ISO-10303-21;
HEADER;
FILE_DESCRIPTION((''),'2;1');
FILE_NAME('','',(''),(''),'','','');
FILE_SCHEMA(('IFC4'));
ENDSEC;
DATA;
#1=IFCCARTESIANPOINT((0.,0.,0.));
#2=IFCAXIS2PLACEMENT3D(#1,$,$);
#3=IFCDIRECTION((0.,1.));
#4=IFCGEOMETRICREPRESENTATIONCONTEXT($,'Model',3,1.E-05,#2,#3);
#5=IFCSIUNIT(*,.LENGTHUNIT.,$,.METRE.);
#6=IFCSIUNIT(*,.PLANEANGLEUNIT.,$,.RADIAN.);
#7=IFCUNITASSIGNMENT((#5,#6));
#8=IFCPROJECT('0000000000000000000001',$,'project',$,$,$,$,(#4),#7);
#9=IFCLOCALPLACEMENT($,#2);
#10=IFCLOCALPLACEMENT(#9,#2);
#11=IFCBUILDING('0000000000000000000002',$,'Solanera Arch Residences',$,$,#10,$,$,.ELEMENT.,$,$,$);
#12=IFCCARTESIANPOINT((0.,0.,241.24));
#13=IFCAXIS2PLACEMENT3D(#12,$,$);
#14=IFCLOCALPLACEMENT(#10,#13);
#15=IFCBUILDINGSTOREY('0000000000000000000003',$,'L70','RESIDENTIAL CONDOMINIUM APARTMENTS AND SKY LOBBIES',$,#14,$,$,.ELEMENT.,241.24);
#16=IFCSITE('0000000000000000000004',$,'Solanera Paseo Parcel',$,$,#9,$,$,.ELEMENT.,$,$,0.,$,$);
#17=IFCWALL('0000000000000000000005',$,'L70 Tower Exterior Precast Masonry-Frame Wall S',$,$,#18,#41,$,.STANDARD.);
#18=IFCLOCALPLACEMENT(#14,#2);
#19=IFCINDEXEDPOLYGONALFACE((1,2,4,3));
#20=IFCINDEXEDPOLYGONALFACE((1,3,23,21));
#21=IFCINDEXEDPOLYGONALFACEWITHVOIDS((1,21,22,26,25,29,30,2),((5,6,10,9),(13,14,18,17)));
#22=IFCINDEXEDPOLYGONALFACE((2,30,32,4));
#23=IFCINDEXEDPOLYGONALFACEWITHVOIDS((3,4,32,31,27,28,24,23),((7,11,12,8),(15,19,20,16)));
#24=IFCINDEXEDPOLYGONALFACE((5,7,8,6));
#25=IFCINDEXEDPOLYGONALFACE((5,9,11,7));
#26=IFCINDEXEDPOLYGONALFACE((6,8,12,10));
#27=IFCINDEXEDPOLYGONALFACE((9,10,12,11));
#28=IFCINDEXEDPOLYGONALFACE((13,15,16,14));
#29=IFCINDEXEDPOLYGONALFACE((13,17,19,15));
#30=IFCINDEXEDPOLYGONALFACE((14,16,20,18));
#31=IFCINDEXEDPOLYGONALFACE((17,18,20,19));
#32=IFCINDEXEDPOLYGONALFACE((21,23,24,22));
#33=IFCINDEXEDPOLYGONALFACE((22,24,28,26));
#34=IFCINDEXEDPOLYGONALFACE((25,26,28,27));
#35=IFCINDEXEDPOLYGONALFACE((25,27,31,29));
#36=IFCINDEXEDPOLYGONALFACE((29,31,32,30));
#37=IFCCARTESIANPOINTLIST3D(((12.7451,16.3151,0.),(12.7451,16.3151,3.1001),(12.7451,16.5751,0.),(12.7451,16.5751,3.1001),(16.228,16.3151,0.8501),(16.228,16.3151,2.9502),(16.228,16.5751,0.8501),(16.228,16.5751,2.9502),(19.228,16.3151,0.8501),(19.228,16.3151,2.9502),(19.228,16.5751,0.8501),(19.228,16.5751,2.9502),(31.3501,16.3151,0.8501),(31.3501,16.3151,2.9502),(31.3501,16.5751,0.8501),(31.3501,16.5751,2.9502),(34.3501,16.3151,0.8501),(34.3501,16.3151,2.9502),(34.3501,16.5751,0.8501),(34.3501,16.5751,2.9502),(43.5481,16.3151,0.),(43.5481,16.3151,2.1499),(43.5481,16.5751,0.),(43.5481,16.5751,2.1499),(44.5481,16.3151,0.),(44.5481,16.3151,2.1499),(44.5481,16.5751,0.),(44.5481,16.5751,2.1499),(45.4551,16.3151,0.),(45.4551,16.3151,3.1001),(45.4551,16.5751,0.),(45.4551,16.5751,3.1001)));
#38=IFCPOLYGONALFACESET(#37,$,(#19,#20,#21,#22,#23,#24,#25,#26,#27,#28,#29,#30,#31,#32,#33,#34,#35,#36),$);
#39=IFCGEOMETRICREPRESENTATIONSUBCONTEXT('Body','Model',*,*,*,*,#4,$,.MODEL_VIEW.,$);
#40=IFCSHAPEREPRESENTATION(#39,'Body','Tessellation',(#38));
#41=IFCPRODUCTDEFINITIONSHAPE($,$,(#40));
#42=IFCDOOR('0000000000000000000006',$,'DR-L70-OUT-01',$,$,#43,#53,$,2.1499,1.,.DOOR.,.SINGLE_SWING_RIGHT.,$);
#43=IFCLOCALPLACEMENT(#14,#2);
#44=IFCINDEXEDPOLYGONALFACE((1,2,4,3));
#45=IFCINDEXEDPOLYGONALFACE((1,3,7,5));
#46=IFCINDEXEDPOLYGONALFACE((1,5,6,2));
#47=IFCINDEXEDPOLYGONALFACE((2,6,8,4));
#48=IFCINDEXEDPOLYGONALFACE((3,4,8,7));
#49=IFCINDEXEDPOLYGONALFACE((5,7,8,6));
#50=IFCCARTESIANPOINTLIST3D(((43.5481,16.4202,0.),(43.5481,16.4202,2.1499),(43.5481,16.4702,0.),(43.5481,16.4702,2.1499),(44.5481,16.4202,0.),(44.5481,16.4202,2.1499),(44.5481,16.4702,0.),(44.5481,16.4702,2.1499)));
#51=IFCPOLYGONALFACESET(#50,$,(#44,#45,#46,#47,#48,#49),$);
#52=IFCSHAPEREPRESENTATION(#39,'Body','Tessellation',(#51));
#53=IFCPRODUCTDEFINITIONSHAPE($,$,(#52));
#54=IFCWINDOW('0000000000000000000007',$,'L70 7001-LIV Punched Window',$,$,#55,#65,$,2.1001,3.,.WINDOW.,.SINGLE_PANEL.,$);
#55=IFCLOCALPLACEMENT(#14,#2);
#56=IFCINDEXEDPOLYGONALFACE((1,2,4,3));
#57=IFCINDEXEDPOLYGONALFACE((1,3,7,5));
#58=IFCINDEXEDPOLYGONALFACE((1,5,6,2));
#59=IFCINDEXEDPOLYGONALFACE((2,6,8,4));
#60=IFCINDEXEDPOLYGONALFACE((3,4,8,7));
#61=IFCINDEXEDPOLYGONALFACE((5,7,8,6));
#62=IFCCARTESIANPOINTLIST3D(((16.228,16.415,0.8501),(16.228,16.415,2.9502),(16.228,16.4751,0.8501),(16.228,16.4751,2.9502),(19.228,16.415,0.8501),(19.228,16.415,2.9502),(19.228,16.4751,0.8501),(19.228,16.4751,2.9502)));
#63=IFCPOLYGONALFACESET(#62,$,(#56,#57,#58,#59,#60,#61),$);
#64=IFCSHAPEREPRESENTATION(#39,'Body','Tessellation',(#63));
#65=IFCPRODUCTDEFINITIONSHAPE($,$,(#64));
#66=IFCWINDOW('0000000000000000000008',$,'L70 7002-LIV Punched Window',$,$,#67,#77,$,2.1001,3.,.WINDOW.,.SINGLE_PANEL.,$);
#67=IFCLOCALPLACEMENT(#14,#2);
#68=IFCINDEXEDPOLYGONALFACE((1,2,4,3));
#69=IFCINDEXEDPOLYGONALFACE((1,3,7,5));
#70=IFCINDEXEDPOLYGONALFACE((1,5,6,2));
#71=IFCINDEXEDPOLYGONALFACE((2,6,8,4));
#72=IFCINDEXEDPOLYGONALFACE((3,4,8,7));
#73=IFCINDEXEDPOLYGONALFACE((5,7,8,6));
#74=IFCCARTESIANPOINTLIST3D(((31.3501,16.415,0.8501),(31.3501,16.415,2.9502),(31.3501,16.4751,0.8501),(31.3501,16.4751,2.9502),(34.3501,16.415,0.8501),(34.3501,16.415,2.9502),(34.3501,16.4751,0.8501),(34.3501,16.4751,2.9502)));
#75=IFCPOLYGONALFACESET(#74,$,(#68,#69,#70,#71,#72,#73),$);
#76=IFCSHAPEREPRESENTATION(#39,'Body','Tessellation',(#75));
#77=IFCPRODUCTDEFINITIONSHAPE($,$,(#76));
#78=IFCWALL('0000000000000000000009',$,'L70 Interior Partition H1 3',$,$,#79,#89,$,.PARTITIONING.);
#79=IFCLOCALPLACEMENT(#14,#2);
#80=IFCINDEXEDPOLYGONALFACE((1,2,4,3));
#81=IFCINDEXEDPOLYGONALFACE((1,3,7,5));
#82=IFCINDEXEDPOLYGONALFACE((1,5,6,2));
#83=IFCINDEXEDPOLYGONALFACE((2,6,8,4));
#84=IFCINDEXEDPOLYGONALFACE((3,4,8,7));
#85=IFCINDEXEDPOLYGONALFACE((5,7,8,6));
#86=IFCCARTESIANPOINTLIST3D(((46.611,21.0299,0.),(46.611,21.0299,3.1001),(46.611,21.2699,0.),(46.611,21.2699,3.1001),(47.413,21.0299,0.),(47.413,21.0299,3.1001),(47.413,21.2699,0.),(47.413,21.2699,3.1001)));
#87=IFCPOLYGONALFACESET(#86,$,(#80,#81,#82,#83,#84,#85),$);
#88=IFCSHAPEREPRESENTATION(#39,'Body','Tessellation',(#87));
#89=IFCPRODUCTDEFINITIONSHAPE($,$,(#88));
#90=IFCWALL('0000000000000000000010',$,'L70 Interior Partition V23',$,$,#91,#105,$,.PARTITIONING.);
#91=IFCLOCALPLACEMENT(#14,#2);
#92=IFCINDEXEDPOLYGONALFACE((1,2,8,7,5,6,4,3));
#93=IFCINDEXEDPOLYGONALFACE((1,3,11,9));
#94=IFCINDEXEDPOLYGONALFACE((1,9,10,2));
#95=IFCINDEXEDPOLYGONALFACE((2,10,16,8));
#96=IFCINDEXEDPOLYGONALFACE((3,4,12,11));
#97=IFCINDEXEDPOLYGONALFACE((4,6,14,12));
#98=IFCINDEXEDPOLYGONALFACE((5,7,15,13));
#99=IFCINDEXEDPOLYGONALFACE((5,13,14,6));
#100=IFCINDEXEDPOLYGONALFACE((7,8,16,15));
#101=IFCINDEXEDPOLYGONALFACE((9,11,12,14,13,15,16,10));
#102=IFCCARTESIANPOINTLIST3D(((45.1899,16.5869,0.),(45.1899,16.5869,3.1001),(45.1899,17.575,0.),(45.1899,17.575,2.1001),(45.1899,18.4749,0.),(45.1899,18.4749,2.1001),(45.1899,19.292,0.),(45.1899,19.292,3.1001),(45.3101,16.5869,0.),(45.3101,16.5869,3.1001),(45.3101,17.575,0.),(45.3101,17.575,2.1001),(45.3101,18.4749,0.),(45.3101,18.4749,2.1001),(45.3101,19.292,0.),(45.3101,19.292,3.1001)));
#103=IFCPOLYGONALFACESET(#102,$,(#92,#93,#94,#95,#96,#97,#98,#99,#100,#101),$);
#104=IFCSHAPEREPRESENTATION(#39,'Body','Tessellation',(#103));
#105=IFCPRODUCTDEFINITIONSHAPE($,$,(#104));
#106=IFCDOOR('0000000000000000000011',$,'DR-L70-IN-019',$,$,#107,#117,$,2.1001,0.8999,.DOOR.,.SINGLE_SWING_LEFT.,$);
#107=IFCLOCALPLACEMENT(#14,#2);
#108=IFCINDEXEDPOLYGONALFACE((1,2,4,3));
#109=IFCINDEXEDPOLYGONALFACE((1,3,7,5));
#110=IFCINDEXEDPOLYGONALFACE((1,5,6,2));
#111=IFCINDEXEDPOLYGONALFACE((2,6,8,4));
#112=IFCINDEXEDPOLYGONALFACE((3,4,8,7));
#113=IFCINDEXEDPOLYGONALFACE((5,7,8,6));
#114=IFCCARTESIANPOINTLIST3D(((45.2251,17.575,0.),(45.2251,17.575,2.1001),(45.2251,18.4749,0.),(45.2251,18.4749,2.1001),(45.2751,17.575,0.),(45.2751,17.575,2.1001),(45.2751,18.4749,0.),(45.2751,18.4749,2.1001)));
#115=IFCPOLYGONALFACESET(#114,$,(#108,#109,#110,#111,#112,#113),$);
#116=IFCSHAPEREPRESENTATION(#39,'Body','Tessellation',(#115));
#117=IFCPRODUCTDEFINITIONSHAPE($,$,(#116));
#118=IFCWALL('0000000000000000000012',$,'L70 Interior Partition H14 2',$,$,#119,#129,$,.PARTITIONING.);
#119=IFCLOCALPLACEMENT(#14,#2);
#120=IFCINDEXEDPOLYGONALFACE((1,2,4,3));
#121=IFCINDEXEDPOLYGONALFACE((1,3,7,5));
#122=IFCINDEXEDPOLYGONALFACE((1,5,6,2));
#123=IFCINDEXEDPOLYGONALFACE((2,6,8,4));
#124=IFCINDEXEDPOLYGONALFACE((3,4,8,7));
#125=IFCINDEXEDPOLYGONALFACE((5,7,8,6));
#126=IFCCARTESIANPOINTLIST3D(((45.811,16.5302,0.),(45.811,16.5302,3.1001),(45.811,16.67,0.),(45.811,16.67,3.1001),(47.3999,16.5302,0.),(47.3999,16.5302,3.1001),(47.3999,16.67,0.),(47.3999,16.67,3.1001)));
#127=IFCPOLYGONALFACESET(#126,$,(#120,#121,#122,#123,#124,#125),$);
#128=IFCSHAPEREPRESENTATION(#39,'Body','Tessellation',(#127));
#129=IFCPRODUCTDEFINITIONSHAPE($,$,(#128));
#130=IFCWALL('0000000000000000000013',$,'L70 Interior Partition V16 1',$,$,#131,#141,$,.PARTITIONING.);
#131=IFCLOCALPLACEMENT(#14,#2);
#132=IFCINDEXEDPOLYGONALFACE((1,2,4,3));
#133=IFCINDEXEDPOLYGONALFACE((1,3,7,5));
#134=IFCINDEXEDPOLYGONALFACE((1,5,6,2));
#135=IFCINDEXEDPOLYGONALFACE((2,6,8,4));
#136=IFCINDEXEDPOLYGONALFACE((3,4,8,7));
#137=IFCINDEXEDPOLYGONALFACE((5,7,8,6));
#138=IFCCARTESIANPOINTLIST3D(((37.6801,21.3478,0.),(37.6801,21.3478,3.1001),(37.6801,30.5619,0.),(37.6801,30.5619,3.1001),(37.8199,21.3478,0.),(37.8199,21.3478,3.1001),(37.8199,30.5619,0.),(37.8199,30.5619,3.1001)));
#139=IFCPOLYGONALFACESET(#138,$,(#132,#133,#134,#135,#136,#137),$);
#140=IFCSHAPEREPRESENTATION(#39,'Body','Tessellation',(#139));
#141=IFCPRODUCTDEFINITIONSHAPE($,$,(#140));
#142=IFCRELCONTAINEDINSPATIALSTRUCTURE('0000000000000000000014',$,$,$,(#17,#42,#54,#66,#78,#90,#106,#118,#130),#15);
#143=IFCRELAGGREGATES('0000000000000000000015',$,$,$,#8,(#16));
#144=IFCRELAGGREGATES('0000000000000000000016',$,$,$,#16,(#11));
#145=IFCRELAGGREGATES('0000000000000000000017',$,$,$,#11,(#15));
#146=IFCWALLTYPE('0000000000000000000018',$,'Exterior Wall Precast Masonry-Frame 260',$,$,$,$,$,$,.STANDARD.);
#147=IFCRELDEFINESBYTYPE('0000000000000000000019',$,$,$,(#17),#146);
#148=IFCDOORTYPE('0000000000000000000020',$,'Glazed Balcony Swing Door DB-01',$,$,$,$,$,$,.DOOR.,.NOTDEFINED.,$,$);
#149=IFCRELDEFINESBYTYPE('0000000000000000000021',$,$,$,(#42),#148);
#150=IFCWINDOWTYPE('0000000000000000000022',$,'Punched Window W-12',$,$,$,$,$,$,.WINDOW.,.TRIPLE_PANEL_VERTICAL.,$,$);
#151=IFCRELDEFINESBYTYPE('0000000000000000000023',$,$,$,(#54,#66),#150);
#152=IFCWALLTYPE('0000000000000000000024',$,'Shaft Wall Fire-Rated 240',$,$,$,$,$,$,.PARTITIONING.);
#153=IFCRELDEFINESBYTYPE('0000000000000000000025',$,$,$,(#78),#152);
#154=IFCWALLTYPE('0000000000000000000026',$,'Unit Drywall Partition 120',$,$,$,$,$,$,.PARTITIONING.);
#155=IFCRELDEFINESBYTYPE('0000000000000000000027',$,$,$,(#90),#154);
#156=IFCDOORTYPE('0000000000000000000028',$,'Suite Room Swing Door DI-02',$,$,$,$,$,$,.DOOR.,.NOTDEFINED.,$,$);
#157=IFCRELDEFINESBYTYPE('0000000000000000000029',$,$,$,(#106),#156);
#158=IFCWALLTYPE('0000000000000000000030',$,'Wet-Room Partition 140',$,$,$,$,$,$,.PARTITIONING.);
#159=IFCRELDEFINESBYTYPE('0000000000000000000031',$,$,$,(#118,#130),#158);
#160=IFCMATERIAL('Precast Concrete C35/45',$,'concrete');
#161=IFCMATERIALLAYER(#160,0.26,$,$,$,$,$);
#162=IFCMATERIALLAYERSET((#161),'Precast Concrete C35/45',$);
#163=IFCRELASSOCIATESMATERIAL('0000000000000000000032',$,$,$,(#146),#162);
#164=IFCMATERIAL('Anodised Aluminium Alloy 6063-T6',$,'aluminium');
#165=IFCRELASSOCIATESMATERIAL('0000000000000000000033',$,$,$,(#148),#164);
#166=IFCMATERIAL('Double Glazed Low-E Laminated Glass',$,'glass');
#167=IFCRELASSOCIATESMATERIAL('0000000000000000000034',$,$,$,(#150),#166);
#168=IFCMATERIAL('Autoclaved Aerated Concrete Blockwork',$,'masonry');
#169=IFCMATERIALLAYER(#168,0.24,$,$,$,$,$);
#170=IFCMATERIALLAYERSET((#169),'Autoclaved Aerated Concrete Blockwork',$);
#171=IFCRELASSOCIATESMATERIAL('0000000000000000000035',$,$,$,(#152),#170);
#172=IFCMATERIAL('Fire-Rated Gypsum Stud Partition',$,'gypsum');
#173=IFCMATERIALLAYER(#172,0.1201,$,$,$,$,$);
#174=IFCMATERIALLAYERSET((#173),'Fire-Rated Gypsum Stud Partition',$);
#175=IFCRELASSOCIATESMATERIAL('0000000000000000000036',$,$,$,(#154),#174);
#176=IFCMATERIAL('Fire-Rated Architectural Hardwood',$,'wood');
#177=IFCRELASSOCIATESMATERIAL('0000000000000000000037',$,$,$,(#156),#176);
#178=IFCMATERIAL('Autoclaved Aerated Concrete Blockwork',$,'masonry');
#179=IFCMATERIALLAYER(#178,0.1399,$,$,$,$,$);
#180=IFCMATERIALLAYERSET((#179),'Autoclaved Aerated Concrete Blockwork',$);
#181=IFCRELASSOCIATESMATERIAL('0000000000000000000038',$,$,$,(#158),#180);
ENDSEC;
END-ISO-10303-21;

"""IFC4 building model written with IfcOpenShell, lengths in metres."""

from ifc_helpers import new_model, si_unit, direction, frame, frame_2d, origin, place, context, subcontext, project, spatial, rectangle, extrude, material, layer, layer_set, type_object, element, fill, save


model = new_model("IFC4")

# Units and contexts
model_context = context("Model", 3, precision=1e-05, world=origin(), true_north=direction((0.0, 1.0)))
body_context = subcontext(model_context, "Body", "Model", "MODEL_VIEW")
ifc_project = project(units=[si_unit("LENGTHUNIT", "METRE"), si_unit("PLANEANGLEUNIT", "RADIAN")], contexts=[model_context])

# Site, building, storey
site_placement = place(None, origin())
site = spatial("IfcSite", under=ifc_project, at=site_placement, Name="Solanera Paseo Parcel", CompositionType="ELEMENT", RefElevation=0.0)
building_placement = place(site_placement, origin())
building = spatial("IfcBuilding", under=site, at=building_placement, Name="Solanera Arch Residences", CompositionType="ELEMENT")
storey_placement = place(building_placement, frame((0.0, 0.0, 241.24)))
storey = spatial("IfcBuildingStorey", under=building, at=storey_placement, Name="L70", Description="RESIDENTIAL CONDOMINIUM APARTMENTS AND SKY LOBBIES", CompositionType="ELEMENT", Elevation=241.24)

# Shared definitions
ifc_material_1 = material(Name="Precast Concrete C35/45", Category="concrete")
ifc_layer_1 = layer(ifc_material_1, 0.26)
ifc_layer_set_1 = layer_set([ifc_layer_1], Name="Precast Concrete C35/45")
wall_type_1 = type_object("IfcWallType", Name="Exterior Wall Precast Masonry-Frame 260", PredefinedType="STANDARD", material=ifc_layer_set_1)

# Wall, openings, door, windows
wall_1_placement = place(storey_placement, frame((45.4551, 16.4451, 0.0), z_axis=(0.0, 0.0, 1.0), x_axis=(-1.0, 0.0, 0.0)))
wall_1 = element("IfcWall", 1, at=wall_1_placement, inside=storey, type_object=wall_type_1, Name="L70 Tower Exterior Precast Masonry-Frame Wall S", PredefinedType="STANDARD", context=body_context, shape_type="SweptSolid", body=[
    extrude(rectangle(XDim=32.71, YDim=0.26, at=frame_2d((16.355, 0.0))), origin(), (0.0, 0.0, 1.0), 3.1001),
])
opening_1_placement = place(wall_1_placement, frame((0.907, 0.0, 0.0)))
opening_1 = element("IfcOpeningElement", 2, at=opening_1_placement, cuts=wall_1, PredefinedType="OPENING", context=body_context, shape_type="SweptSolid", body=[
    extrude(rectangle(XDim=1.0, YDim=2.1499, at=frame_2d((0.5, 1.075))), frame((0.0, 0.1399, 0.0), z_axis=(0.0, -1.0, 0.0), x_axis=(1.0, 0.0, 0.0)), (0.0, 0.0, 1.0), 0.28),
])
opening_2_placement = place(wall_1_placement, frame((26.2271, 0.0, 0.8501)))
opening_2 = element("IfcOpeningElement", 3, at=opening_2_placement, cuts=wall_1, PredefinedType="OPENING", context=body_context, shape_type="SweptSolid", body=[
    extrude(rectangle(XDim=3.0, YDim=2.1001, at=frame_2d((1.5, 1.05))), frame((0.0, 0.1399, 0.0), z_axis=(0.0, -1.0, 0.0), x_axis=(1.0, 0.0, 0.0)), (0.0, 0.0, 1.0), 0.28),
])
opening_3_placement = place(wall_1_placement, frame((11.105, 0.0, 0.8501)))
opening_3 = element("IfcOpeningElement", 4, at=opening_3_placement, cuts=wall_1, PredefinedType="OPENING", context=body_context, shape_type="SweptSolid", body=[
    extrude(rectangle(XDim=3.0, YDim=2.1001, at=frame_2d((1.5, 1.05))), frame((0.0, 0.1399, 0.0), z_axis=(0.0, -1.0, 0.0), x_axis=(1.0, 0.0, 0.0)), (0.0, 0.0, 1.0), 0.28),
])
ifc_material_2 = material(Name="Anodised Aluminium Alloy 6063-T6", Category="aluminium")
door_type_1 = type_object("IfcDoorType", Name="Glazed Balcony Swing Door DB-01", OperationType="NOTDEFINED", PredefinedType="DOOR", material=ifc_material_2)
door_1_placement = place(opening_1_placement, origin())
door_1 = element("IfcDoor", 5, at=door_1_placement, inside=storey, type_object=door_type_1, Name="DR-L70-OUT-01", OperationType="SINGLE_SWING_RIGHT", OverallHeight=2.1499, OverallWidth=1.0, PredefinedType="DOOR", context=body_context, shape_type="SweptSolid", body=[
    extrude(rectangle(XDim=1.0, YDim=2.1499, at=frame_2d((0.5, 1.075))), frame((0.0, 0.0249, 0.0), z_axis=(0.0, -1.0, 0.0), x_axis=(1.0, 0.0, 0.0)), (0.0, 0.0, 1.0), 0.05),
])
fill(opening_1, door_1)
ifc_material_3 = material(Name="Double Glazed Low-E Laminated Glass", Category="glass")
window_type = type_object("IfcWindowType", Name="Punched Window W-12", PartitioningType="TRIPLE_PANEL_VERTICAL", PredefinedType="WINDOW", material=ifc_material_3)
window_1_placement = place(opening_2_placement, origin())
window_1 = element("IfcWindow", 6, at=window_1_placement, inside=storey, type_object=window_type, Name="L70 7001-LIV Punched Window", OverallHeight=2.1001, OverallWidth=3.0, PartitioningType="SINGLE_PANEL", PredefinedType="WINDOW", context=body_context, shape_type="SweptSolid", body=[
    extrude(rectangle(XDim=3.0, YDim=2.1001, at=frame_2d((1.5, 1.05))), frame((0.0, 0.03, 0.0), z_axis=(0.0, -1.0, 0.0), x_axis=(1.0, 0.0, 0.0)), (0.0, 0.0, 1.0), 0.0601),
])
fill(opening_2, window_1)
window_2_placement = place(opening_3_placement, origin())
window_2 = element("IfcWindow", 7, at=window_2_placement, inside=storey, type_object=window_type, Name="L70 7002-LIV Punched Window", OverallHeight=2.1001, OverallWidth=3.0, PartitioningType="SINGLE_PANEL", PredefinedType="WINDOW", context=body_context, shape_type="SweptSolid", body=[
    extrude(rectangle(XDim=3.0, YDim=2.1001, at=frame_2d((1.5, 1.05))), frame((0.0, 0.03, 0.0), z_axis=(0.0, -1.0, 0.0), x_axis=(1.0, 0.0, 0.0)), (0.0, 0.0, 1.0), 0.0601),
])
fill(opening_3, window_2)

# Wall
ifc_material_4 = material(Name="Autoclaved Aerated Concrete Blockwork", Category="masonry")
ifc_layer_2 = layer(ifc_material_4, 0.24)
ifc_layer_set_2 = layer_set([ifc_layer_2], Name="Autoclaved Aerated Concrete Blockwork")
wall_type_2 = type_object("IfcWallType", Name="Shaft Wall Fire-Rated 240", PredefinedType="PARTITIONING", material=ifc_layer_set_2)
wall_2_placement = place(storey_placement, frame((46.6111, 21.1499, 0.0), z_axis=(0.0, 0.0, 1.0), x_axis=(1.0, 0.0, 0.0)))
element("IfcWall", 8, at=wall_2_placement, inside=storey, type_object=wall_type_2, Name="L70 Interior Partition H1 3", PredefinedType="PARTITIONING", context=body_context, shape_type="SweptSolid", body=[
    extrude(rectangle(XDim=0.802, YDim=0.24, at=frame_2d((0.4009, 0.0))), origin(), (0.0, 0.0, 1.0), 3.1001),
])

# Wall, opening, door
ifc_material_5 = material(Name="Fire-Rated Gypsum Stud Partition", Category="gypsum")
ifc_layer_3 = layer(ifc_material_5, 0.1201)
ifc_layer_set_3 = layer_set([ifc_layer_3], Name="Fire-Rated Gypsum Stud Partition")
wall_type_3 = type_object("IfcWallType", Name="Unit Drywall Partition 120", PredefinedType="PARTITIONING", material=ifc_layer_set_3)
wall_3_placement = place(storey_placement, frame((45.25, 16.5869, 0.0), z_axis=(0.0, 0.0, 1.0), x_axis=(0.0, 1.0, 0.0)))
wall_3 = element("IfcWall", 9, at=wall_3_placement, inside=storey, type_object=wall_type_3, Name="L70 Interior Partition V23", PredefinedType="PARTITIONING", context=body_context, shape_type="SweptSolid", body=[
    extrude(rectangle(XDim=2.7051, YDim=0.1201, at=frame_2d((1.3525, 0.0))), origin(), (0.0, 0.0, 1.0), 3.1001),
])
opening_4_placement = place(wall_3_placement, frame((0.988, 0.0, 0.0)))
opening_4 = element("IfcOpeningElement", 10, at=opening_4_placement, cuts=wall_3, PredefinedType="OPENING", context=body_context, shape_type="SweptSolid", body=[
    extrude(rectangle(XDim=0.8999, YDim=2.1001, at=frame_2d((0.45, 1.05))), frame((0.0, 0.0701, 0.0), z_axis=(0.0, -1.0, 0.0), x_axis=(1.0, 0.0, 0.0)), (0.0, 0.0, 1.0), 0.1401),
])
ifc_material_6 = material(Name="Fire-Rated Architectural Hardwood", Category="wood")
door_type_2 = type_object("IfcDoorType", Name="Suite Room Swing Door DI-02", OperationType="NOTDEFINED", PredefinedType="DOOR", material=ifc_material_6)
door_2_placement = place(opening_4_placement, origin())
door_2 = element("IfcDoor", 11, at=door_2_placement, inside=storey, type_object=door_type_2, Name="DR-L70-IN-019", OperationType="SINGLE_SWING_LEFT", OverallHeight=2.1001, OverallWidth=0.8999, PredefinedType="DOOR", context=body_context, shape_type="SweptSolid", body=[
    extrude(rectangle(XDim=0.8999, YDim=2.1001, at=frame_2d((0.45, 1.05))), frame((0.0, 0.0249, 0.0), z_axis=(0.0, -1.0, 0.0), x_axis=(1.0, 0.0, 0.0)), (0.0, 0.0, 1.0), 0.05),
])
fill(opening_4, door_2)

# Walls
ifc_material_7 = material(Name="Autoclaved Aerated Concrete Blockwork", Category="masonry")
ifc_layer_4 = layer(ifc_material_7, 0.1399)
ifc_layer_set_4 = layer_set([ifc_layer_4], Name="Autoclaved Aerated Concrete Blockwork")
wall_type_4 = type_object("IfcWallType", Name="Wet-Room Partition 140", PredefinedType="PARTITIONING", material=ifc_layer_set_4)
wall_4_placement = place(storey_placement, frame((45.811, 16.6001, 0.0), z_axis=(0.0, 0.0, 1.0), x_axis=(1.0, 0.0, 0.0)))
element("IfcWall", 12, at=wall_4_placement, inside=storey, type_object=wall_type_4, Name="L70 Interior Partition H14 2", PredefinedType="PARTITIONING", context=body_context, shape_type="SweptSolid", body=[
    extrude(rectangle(XDim=1.5889, YDim=0.1399, at=frame_2d((0.7944, 0.0))), origin(), (0.0, 0.0, 1.0), 3.1001),
])
wall_5_placement = place(storey_placement, frame((37.75, 21.3479, 0.0), z_axis=(0.0, 0.0, 1.0), x_axis=(0.0, 1.0, 0.0)))
element("IfcWall", 13, at=wall_5_placement, inside=storey, type_object=wall_type_4, Name="L70 Interior Partition V16 1", PredefinedType="PARTITIONING", context=body_context, shape_type="SweptSolid", body=[
    extrude(rectangle(XDim=9.2141, YDim=0.1399, at=frame_2d((4.6069, 0.0))), origin(), (0.0, 0.0, 1.0), 3.1001),
])

save(model, "model.ifc")
